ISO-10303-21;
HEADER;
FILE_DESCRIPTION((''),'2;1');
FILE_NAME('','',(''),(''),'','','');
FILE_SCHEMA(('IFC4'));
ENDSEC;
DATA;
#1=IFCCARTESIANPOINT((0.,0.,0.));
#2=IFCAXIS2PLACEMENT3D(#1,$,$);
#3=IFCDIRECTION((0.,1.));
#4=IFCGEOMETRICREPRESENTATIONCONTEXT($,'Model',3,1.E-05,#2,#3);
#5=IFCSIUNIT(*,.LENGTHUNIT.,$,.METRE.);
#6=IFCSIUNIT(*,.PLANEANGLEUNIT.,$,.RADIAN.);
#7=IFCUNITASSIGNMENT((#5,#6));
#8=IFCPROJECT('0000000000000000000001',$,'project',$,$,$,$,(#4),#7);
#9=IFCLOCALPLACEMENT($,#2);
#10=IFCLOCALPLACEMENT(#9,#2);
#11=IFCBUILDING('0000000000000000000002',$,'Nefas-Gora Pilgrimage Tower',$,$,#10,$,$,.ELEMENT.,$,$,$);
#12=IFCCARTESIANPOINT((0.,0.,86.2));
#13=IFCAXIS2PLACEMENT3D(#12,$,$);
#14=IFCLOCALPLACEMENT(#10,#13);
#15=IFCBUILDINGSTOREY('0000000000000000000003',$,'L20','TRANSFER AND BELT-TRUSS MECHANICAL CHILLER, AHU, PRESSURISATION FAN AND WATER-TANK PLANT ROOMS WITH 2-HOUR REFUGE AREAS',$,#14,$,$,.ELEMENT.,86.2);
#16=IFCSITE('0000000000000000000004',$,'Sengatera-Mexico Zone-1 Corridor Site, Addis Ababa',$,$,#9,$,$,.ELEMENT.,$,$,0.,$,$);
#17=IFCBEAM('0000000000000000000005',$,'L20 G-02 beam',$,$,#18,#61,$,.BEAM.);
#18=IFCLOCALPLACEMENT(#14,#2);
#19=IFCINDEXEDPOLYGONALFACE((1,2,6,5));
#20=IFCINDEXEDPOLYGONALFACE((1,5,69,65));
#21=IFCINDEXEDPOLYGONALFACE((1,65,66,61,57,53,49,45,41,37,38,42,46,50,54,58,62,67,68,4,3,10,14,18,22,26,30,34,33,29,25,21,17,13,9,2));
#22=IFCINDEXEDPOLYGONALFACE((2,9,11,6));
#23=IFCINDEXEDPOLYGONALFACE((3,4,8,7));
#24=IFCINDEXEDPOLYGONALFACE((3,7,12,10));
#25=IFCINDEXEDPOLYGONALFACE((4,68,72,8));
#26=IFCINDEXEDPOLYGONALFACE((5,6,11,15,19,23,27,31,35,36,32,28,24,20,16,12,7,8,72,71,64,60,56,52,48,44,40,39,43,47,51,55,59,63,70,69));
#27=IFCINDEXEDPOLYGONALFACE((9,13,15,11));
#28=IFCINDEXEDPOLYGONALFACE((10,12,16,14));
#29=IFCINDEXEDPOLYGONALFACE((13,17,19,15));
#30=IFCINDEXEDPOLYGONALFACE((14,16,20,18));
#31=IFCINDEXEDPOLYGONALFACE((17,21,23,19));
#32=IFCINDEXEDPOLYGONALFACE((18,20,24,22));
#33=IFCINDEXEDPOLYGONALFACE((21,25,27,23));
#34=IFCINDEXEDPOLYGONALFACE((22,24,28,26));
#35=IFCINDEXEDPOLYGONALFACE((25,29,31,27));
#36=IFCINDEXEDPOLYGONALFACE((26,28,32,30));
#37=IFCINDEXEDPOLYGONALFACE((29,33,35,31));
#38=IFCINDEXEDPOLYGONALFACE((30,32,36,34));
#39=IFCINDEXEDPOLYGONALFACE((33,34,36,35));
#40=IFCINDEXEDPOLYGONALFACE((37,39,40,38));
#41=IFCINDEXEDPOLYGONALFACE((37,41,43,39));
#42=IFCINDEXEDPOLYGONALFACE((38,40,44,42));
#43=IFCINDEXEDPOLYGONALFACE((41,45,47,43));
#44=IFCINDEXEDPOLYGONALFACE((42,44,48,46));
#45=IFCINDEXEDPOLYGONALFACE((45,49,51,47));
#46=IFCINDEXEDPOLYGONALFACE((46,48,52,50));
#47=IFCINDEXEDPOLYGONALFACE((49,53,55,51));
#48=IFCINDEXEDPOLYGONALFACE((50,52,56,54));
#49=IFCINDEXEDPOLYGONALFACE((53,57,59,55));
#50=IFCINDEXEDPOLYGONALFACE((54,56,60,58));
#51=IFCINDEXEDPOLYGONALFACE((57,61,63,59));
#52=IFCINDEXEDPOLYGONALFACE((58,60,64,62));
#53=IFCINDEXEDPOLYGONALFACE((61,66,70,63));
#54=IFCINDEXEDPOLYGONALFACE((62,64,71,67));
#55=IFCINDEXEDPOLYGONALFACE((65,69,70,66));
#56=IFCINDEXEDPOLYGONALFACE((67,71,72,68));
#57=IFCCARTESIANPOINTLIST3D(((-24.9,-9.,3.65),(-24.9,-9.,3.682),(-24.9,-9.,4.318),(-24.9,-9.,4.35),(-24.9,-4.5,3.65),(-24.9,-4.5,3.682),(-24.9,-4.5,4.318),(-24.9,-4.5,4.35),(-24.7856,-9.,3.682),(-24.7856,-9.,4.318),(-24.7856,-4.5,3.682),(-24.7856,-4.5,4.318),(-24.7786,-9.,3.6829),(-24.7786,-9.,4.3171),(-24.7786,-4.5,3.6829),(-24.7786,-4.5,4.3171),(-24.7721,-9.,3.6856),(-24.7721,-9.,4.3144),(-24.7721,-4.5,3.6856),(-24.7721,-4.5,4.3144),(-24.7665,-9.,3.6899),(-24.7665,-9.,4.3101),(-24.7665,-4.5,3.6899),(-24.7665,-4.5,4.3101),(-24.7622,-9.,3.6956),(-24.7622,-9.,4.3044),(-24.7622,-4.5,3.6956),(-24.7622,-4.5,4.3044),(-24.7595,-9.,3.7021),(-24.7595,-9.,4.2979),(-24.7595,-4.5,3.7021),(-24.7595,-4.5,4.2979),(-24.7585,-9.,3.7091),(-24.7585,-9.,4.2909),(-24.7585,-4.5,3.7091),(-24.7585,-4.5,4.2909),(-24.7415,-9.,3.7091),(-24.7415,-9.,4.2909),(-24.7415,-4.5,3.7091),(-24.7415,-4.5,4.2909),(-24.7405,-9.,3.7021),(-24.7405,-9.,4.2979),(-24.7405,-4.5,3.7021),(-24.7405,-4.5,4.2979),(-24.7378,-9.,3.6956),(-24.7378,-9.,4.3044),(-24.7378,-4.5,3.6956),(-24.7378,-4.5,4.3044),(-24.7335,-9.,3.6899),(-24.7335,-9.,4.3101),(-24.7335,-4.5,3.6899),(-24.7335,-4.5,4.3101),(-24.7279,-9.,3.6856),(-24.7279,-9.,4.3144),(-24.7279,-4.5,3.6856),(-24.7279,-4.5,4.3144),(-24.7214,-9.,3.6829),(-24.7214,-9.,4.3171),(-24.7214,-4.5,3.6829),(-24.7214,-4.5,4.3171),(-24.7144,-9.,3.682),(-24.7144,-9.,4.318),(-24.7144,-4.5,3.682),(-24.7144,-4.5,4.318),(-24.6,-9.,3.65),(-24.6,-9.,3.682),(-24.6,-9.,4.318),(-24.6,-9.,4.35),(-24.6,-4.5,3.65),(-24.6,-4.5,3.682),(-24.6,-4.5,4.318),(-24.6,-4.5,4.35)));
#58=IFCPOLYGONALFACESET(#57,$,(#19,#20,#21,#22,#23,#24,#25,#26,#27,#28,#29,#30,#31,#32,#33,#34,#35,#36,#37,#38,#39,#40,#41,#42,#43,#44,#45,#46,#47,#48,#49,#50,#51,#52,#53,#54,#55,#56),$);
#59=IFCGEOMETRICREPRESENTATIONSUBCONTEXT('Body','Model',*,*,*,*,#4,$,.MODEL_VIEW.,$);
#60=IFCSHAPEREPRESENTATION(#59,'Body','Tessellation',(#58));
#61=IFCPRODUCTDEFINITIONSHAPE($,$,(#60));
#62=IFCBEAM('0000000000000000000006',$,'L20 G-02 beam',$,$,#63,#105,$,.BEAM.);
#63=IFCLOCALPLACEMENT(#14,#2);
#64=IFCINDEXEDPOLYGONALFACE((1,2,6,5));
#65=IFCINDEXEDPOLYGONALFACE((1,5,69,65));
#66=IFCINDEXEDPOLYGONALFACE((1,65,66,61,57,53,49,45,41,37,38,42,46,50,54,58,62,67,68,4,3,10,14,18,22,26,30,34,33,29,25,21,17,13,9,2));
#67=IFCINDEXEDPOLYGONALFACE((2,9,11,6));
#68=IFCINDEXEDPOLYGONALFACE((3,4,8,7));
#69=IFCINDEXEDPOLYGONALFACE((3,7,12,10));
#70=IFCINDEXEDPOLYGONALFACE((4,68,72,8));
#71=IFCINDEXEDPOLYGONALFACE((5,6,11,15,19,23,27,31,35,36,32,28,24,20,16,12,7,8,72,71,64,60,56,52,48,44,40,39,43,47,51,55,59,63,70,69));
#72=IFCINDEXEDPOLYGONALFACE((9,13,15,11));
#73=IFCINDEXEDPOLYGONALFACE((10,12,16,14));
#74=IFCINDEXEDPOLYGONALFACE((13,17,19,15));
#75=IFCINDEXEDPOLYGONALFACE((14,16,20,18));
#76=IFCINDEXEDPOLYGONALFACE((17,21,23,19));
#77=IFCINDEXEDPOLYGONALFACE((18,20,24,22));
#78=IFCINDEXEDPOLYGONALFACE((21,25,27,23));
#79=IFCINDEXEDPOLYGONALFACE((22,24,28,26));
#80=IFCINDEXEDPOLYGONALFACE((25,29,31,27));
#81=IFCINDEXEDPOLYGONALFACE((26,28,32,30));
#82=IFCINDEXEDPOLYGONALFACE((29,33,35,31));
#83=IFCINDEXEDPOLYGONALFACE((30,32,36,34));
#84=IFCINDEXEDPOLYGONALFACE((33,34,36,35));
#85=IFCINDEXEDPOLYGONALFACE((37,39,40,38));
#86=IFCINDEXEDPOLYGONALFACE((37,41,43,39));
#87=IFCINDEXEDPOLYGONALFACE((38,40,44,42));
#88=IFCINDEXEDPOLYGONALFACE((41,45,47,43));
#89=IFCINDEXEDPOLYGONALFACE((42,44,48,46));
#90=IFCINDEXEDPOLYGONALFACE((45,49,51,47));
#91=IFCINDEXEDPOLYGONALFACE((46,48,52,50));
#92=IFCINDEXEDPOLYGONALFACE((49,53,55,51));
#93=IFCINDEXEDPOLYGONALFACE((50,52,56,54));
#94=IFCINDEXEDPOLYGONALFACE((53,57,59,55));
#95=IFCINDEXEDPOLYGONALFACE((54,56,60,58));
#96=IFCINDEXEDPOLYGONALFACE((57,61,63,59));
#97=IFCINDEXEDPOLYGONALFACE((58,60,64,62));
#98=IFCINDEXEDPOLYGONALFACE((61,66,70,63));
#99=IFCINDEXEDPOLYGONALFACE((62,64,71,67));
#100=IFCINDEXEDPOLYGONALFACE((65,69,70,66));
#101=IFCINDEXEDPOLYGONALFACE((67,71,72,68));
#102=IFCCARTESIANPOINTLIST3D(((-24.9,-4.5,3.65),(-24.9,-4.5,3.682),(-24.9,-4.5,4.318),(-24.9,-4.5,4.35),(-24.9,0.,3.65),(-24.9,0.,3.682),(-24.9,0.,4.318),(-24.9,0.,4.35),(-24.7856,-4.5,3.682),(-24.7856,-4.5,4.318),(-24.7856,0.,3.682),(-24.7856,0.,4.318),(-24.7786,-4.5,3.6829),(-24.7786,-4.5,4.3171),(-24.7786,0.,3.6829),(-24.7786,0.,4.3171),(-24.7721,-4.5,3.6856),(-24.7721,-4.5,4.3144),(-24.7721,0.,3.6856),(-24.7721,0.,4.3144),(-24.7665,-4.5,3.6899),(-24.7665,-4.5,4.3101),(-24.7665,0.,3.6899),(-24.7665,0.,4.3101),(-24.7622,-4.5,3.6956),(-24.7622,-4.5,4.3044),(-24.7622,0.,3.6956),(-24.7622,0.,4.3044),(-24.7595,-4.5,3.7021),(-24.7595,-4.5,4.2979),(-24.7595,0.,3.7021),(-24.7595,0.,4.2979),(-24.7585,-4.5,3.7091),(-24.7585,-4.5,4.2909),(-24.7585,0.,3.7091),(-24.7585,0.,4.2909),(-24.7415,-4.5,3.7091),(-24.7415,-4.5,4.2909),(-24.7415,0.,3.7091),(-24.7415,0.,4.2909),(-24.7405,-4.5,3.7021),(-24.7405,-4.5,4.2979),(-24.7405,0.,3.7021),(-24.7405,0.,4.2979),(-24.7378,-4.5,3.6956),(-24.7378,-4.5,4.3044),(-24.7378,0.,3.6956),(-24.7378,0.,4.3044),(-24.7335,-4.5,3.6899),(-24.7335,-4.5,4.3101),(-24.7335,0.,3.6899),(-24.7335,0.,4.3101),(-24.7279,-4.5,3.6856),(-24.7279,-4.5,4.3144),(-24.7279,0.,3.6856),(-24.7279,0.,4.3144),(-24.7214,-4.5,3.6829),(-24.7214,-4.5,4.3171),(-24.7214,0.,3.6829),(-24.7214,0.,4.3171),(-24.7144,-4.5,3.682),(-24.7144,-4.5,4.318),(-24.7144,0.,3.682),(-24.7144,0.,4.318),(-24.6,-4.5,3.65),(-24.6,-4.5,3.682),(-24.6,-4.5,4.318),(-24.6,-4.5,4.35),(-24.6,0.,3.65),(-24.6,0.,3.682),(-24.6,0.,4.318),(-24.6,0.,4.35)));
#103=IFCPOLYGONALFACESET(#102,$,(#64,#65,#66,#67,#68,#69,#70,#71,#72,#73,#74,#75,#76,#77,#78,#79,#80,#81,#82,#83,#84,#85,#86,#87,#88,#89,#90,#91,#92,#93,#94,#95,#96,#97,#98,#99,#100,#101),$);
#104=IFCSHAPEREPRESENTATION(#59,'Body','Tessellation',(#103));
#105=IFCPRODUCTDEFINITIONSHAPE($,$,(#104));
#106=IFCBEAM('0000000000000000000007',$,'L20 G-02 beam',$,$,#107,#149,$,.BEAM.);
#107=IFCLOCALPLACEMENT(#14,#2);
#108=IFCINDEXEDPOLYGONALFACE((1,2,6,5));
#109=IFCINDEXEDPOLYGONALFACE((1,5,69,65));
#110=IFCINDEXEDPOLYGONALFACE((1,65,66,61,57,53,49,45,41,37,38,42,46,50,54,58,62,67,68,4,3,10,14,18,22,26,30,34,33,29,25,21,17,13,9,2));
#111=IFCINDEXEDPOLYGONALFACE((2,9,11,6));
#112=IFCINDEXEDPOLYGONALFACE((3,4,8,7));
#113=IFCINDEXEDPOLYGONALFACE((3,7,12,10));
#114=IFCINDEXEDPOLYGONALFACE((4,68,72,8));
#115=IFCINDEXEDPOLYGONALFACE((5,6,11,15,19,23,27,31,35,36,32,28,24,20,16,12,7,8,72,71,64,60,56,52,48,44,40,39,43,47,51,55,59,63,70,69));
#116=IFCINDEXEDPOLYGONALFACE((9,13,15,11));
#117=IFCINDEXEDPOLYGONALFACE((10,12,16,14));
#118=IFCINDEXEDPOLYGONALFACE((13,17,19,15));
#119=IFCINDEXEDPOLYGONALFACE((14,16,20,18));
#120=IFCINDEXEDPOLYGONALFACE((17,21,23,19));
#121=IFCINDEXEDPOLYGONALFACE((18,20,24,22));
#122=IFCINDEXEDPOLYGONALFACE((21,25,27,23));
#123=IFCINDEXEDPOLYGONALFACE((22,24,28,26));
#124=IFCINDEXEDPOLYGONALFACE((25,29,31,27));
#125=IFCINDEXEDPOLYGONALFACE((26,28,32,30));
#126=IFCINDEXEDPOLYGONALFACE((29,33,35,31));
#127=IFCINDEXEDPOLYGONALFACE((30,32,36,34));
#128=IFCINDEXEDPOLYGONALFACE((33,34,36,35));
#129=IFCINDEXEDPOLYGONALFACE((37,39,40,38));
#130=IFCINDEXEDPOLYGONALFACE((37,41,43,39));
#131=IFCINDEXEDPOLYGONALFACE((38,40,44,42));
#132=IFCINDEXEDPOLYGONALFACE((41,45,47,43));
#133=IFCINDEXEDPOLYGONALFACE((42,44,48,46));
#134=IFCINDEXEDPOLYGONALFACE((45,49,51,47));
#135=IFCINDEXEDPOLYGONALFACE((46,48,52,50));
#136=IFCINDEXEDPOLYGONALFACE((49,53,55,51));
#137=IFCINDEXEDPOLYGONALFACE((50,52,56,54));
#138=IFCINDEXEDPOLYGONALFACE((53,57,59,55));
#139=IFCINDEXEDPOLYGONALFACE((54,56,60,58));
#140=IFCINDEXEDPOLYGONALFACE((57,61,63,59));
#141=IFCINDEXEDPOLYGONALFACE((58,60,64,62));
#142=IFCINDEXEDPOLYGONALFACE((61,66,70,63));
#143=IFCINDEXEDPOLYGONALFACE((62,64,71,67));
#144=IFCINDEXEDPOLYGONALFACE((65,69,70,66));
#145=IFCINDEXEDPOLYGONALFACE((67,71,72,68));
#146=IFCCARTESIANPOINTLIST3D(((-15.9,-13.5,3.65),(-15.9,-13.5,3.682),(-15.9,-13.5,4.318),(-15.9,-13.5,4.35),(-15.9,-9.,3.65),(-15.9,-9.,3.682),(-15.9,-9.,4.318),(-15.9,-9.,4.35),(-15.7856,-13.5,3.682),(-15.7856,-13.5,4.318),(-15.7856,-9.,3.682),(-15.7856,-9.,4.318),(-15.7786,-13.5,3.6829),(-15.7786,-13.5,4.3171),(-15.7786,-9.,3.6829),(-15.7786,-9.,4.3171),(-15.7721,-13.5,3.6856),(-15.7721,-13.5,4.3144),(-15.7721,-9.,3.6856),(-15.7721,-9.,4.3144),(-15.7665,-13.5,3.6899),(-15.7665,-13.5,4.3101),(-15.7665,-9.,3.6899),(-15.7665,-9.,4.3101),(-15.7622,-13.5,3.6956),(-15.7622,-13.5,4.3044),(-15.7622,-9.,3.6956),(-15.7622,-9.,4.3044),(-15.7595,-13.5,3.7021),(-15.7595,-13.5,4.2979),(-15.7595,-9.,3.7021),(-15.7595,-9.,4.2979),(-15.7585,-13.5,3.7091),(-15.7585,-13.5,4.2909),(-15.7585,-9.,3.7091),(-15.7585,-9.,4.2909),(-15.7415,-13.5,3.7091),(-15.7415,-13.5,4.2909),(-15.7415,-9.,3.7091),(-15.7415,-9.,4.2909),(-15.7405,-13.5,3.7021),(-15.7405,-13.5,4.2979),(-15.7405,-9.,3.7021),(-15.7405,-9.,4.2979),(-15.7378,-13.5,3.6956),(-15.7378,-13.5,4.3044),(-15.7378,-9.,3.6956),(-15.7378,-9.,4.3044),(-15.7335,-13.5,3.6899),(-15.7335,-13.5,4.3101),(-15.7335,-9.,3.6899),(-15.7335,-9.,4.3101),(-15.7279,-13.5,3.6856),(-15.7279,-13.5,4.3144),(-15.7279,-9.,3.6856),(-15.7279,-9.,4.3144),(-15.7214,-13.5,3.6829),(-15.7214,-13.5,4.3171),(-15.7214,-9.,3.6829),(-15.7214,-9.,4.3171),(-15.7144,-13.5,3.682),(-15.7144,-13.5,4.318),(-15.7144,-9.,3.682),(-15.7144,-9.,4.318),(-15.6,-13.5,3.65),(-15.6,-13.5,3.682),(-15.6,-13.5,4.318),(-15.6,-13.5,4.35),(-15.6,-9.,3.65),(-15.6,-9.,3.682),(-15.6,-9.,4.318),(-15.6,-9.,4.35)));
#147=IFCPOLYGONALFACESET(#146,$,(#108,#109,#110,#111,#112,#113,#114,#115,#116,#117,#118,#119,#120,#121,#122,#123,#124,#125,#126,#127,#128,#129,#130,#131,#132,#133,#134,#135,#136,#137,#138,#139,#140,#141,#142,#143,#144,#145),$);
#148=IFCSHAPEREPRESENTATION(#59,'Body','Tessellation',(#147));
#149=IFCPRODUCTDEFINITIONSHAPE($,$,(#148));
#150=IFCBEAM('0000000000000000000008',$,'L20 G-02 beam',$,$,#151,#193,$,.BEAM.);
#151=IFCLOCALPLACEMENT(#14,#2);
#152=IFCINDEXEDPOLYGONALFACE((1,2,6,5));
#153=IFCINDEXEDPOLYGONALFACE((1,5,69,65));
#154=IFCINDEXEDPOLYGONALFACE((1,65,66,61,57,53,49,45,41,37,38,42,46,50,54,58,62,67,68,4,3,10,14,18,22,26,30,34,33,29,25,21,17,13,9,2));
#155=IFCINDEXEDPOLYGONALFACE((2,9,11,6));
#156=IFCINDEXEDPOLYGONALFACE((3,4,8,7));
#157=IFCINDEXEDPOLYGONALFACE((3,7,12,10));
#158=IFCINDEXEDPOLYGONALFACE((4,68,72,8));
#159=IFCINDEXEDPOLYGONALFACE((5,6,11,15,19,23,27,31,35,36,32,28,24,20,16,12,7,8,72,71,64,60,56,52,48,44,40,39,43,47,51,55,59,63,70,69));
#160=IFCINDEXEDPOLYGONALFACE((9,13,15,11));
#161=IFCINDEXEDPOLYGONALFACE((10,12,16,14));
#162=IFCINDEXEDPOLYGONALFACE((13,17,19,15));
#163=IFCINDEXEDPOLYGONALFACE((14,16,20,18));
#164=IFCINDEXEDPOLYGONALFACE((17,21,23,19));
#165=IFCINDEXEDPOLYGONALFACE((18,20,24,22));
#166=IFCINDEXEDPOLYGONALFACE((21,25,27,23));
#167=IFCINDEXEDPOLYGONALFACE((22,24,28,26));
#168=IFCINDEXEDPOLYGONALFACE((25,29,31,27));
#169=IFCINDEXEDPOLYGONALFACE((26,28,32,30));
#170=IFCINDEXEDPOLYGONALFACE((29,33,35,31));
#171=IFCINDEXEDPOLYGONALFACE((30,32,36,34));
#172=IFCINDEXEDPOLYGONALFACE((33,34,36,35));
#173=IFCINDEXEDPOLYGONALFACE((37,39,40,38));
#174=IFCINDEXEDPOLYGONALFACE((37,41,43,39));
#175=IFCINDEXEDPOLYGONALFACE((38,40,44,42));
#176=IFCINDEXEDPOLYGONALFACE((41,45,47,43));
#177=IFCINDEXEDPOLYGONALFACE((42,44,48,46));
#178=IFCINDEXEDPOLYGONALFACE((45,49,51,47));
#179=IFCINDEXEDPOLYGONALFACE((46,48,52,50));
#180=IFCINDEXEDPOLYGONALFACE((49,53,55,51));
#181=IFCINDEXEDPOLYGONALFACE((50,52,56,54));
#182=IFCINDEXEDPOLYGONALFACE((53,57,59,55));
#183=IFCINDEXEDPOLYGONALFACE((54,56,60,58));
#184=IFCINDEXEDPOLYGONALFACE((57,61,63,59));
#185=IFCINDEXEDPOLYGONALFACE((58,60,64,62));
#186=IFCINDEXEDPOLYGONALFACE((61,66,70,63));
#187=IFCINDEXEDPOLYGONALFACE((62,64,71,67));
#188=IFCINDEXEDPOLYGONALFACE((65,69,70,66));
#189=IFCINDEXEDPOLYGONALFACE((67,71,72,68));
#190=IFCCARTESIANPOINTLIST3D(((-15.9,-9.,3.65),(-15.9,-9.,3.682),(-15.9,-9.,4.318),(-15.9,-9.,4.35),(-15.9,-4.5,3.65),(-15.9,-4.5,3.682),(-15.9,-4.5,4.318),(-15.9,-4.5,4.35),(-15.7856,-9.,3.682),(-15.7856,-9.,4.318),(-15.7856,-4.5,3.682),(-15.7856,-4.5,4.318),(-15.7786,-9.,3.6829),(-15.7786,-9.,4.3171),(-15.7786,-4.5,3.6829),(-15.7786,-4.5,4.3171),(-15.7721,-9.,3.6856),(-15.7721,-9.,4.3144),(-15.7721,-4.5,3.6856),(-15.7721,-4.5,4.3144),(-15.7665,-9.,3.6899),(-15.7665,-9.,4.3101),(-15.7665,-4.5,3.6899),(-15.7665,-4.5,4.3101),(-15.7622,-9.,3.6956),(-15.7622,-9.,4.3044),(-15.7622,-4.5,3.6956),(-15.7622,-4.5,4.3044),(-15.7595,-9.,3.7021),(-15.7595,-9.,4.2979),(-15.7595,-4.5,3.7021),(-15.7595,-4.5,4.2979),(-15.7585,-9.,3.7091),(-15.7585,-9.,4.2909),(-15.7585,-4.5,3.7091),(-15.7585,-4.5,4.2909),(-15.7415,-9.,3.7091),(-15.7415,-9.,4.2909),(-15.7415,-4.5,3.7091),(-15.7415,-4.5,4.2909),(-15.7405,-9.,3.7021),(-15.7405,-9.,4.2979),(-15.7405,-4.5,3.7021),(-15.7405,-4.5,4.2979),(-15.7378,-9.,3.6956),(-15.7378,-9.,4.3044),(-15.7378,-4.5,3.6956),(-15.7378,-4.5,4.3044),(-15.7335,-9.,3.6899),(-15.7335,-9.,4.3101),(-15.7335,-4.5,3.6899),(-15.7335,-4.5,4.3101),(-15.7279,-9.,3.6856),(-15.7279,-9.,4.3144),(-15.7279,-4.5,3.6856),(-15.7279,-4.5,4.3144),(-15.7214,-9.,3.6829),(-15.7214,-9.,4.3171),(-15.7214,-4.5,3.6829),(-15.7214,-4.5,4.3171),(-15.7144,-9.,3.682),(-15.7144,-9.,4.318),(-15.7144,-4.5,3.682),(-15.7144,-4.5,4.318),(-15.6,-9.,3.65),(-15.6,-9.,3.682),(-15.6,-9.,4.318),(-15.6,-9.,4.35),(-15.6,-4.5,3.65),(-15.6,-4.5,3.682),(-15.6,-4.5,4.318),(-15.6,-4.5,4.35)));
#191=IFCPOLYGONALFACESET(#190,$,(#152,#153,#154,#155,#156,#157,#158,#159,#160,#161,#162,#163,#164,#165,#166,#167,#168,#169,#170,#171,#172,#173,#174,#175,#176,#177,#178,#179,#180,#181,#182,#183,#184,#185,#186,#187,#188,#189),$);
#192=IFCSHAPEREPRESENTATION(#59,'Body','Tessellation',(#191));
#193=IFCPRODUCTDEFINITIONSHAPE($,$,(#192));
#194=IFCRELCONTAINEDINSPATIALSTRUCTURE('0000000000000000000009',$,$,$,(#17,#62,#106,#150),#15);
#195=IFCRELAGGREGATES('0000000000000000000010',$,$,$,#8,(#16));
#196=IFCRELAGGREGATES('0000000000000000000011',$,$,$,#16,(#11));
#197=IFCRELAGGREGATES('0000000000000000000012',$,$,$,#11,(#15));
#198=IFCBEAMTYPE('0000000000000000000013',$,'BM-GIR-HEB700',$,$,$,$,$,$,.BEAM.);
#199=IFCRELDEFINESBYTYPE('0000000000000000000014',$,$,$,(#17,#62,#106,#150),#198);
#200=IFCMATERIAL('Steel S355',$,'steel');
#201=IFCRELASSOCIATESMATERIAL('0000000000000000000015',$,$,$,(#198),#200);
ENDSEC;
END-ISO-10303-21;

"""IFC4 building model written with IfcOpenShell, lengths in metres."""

from ifc_helpers import new_model, si_unit, direction, frame, origin, origin_2d, place, context, subcontext, project, spatial, i_section, extrude, source, transform, mapped, material, material_profile, profile_set, type_object, element, save


model = new_model("IFC4")

# Units and contexts
model_context = context("Model", 3, precision=1e-05, world=origin(), true_north=direction((0.0, 1.0)))
body_context = subcontext(model_context, "Body", "Model", "MODEL_VIEW")
ifc_project = project(units=[si_unit("LENGTHUNIT", "METRE"), si_unit("PLANEANGLEUNIT", "RADIAN")], contexts=[model_context])

# Site, building, storey
site_placement = place(None, origin())
site = spatial("IfcSite", under=ifc_project, at=site_placement, Name="Sengatera-Mexico Zone-1 Corridor Site, Addis Ababa", CompositionType="ELEMENT", RefElevation=0.0)
building_placement = place(site_placement, origin())
building = spatial("IfcBuilding", under=site, at=building_placement, Name="Nefas-Gora Pilgrimage Tower", CompositionType="ELEMENT")
storey_placement = place(building_placement, frame((0.0, 0.0, 86.2)))
storey = spatial("IfcBuildingStorey", under=building, at=storey_placement, Name="L20", Description="TRANSFER AND BELT-TRUSS MECHANICAL CHILLER, AHU, PRESSURISATION FAN AND WATER-TANK PLANT ROOMS WITH 2-HOUR REFUGE AREAS", CompositionType="ELEMENT", Elevation=86.2)

# Beams
ifc_material_1 = material(Name="Steel S355", Category="steel")
ifc_material_profile_1 = material_profile(ifc_material_1, i_section(OverallWidth=0.3, OverallDepth=0.7, WebThickness=0.0171, FlangeThickness=0.032, FilletRadius=0.0271, at=origin_2d()), Name="HEB 700")
ifc_profile_set_1 = profile_set([ifc_material_profile_1], Name="Steel S355")
beam_type_1 = type_object("IfcBeamType", Name="BM-GIR-HEB700", PredefinedType="BEAM", material=ifc_profile_set_1)
shared_shape_1 = source(origin(), body_context, "Body", "SweptSolid", [
    extrude(i_section(OverallWidth=0.3, OverallDepth=0.7, WebThickness=0.0171, FlangeThickness=0.032, FilletRadius=0.0271, at=origin_2d()), origin(), (0.0, 0.0, 1.0), 4.5),
])
for number, where, z_axis, x_axis, name in (
    (1, (-24.75, -9.0, 4.0), (0.0, 1.0, 0.0), (-1.0, 0.0, 0.0), "L20 G-02 beam"),
    (2, (-24.75, -4.5, 4.0), (0.0, 1.0, 0.0), (-1.0, 0.0, 0.0), "L20 G-02 beam"),
    (3, (-15.75, -13.5, 4.0), (0.0, 1.0, 0.0), (-1.0, 0.0, 0.0), "L20 G-02 beam"),
    (4, (-15.75, -9.0, 4.0), (0.0, 1.0, 0.0), (-1.0, 0.0, 0.0), "L20 G-02 beam"),
):
    element("IfcBeam", number, at=place(storey_placement, frame(where, z_axis=z_axis, x_axis=x_axis)), inside=storey, type_object=beam_type_1, Name=name, PredefinedType="BEAM", context=body_context, shape_type="MappedRepresentation", body=[
        mapped(shared_shape_1, transform((0.0, 0.0, 0.0), x_axis=(1.0, 0.0, 0.0), y_axis=(0.0, 1.0, 0.0), z_axis=(0.0, 0.0, 1.0), scale=1.0)),
    ])

save(model, "model.ifc")
